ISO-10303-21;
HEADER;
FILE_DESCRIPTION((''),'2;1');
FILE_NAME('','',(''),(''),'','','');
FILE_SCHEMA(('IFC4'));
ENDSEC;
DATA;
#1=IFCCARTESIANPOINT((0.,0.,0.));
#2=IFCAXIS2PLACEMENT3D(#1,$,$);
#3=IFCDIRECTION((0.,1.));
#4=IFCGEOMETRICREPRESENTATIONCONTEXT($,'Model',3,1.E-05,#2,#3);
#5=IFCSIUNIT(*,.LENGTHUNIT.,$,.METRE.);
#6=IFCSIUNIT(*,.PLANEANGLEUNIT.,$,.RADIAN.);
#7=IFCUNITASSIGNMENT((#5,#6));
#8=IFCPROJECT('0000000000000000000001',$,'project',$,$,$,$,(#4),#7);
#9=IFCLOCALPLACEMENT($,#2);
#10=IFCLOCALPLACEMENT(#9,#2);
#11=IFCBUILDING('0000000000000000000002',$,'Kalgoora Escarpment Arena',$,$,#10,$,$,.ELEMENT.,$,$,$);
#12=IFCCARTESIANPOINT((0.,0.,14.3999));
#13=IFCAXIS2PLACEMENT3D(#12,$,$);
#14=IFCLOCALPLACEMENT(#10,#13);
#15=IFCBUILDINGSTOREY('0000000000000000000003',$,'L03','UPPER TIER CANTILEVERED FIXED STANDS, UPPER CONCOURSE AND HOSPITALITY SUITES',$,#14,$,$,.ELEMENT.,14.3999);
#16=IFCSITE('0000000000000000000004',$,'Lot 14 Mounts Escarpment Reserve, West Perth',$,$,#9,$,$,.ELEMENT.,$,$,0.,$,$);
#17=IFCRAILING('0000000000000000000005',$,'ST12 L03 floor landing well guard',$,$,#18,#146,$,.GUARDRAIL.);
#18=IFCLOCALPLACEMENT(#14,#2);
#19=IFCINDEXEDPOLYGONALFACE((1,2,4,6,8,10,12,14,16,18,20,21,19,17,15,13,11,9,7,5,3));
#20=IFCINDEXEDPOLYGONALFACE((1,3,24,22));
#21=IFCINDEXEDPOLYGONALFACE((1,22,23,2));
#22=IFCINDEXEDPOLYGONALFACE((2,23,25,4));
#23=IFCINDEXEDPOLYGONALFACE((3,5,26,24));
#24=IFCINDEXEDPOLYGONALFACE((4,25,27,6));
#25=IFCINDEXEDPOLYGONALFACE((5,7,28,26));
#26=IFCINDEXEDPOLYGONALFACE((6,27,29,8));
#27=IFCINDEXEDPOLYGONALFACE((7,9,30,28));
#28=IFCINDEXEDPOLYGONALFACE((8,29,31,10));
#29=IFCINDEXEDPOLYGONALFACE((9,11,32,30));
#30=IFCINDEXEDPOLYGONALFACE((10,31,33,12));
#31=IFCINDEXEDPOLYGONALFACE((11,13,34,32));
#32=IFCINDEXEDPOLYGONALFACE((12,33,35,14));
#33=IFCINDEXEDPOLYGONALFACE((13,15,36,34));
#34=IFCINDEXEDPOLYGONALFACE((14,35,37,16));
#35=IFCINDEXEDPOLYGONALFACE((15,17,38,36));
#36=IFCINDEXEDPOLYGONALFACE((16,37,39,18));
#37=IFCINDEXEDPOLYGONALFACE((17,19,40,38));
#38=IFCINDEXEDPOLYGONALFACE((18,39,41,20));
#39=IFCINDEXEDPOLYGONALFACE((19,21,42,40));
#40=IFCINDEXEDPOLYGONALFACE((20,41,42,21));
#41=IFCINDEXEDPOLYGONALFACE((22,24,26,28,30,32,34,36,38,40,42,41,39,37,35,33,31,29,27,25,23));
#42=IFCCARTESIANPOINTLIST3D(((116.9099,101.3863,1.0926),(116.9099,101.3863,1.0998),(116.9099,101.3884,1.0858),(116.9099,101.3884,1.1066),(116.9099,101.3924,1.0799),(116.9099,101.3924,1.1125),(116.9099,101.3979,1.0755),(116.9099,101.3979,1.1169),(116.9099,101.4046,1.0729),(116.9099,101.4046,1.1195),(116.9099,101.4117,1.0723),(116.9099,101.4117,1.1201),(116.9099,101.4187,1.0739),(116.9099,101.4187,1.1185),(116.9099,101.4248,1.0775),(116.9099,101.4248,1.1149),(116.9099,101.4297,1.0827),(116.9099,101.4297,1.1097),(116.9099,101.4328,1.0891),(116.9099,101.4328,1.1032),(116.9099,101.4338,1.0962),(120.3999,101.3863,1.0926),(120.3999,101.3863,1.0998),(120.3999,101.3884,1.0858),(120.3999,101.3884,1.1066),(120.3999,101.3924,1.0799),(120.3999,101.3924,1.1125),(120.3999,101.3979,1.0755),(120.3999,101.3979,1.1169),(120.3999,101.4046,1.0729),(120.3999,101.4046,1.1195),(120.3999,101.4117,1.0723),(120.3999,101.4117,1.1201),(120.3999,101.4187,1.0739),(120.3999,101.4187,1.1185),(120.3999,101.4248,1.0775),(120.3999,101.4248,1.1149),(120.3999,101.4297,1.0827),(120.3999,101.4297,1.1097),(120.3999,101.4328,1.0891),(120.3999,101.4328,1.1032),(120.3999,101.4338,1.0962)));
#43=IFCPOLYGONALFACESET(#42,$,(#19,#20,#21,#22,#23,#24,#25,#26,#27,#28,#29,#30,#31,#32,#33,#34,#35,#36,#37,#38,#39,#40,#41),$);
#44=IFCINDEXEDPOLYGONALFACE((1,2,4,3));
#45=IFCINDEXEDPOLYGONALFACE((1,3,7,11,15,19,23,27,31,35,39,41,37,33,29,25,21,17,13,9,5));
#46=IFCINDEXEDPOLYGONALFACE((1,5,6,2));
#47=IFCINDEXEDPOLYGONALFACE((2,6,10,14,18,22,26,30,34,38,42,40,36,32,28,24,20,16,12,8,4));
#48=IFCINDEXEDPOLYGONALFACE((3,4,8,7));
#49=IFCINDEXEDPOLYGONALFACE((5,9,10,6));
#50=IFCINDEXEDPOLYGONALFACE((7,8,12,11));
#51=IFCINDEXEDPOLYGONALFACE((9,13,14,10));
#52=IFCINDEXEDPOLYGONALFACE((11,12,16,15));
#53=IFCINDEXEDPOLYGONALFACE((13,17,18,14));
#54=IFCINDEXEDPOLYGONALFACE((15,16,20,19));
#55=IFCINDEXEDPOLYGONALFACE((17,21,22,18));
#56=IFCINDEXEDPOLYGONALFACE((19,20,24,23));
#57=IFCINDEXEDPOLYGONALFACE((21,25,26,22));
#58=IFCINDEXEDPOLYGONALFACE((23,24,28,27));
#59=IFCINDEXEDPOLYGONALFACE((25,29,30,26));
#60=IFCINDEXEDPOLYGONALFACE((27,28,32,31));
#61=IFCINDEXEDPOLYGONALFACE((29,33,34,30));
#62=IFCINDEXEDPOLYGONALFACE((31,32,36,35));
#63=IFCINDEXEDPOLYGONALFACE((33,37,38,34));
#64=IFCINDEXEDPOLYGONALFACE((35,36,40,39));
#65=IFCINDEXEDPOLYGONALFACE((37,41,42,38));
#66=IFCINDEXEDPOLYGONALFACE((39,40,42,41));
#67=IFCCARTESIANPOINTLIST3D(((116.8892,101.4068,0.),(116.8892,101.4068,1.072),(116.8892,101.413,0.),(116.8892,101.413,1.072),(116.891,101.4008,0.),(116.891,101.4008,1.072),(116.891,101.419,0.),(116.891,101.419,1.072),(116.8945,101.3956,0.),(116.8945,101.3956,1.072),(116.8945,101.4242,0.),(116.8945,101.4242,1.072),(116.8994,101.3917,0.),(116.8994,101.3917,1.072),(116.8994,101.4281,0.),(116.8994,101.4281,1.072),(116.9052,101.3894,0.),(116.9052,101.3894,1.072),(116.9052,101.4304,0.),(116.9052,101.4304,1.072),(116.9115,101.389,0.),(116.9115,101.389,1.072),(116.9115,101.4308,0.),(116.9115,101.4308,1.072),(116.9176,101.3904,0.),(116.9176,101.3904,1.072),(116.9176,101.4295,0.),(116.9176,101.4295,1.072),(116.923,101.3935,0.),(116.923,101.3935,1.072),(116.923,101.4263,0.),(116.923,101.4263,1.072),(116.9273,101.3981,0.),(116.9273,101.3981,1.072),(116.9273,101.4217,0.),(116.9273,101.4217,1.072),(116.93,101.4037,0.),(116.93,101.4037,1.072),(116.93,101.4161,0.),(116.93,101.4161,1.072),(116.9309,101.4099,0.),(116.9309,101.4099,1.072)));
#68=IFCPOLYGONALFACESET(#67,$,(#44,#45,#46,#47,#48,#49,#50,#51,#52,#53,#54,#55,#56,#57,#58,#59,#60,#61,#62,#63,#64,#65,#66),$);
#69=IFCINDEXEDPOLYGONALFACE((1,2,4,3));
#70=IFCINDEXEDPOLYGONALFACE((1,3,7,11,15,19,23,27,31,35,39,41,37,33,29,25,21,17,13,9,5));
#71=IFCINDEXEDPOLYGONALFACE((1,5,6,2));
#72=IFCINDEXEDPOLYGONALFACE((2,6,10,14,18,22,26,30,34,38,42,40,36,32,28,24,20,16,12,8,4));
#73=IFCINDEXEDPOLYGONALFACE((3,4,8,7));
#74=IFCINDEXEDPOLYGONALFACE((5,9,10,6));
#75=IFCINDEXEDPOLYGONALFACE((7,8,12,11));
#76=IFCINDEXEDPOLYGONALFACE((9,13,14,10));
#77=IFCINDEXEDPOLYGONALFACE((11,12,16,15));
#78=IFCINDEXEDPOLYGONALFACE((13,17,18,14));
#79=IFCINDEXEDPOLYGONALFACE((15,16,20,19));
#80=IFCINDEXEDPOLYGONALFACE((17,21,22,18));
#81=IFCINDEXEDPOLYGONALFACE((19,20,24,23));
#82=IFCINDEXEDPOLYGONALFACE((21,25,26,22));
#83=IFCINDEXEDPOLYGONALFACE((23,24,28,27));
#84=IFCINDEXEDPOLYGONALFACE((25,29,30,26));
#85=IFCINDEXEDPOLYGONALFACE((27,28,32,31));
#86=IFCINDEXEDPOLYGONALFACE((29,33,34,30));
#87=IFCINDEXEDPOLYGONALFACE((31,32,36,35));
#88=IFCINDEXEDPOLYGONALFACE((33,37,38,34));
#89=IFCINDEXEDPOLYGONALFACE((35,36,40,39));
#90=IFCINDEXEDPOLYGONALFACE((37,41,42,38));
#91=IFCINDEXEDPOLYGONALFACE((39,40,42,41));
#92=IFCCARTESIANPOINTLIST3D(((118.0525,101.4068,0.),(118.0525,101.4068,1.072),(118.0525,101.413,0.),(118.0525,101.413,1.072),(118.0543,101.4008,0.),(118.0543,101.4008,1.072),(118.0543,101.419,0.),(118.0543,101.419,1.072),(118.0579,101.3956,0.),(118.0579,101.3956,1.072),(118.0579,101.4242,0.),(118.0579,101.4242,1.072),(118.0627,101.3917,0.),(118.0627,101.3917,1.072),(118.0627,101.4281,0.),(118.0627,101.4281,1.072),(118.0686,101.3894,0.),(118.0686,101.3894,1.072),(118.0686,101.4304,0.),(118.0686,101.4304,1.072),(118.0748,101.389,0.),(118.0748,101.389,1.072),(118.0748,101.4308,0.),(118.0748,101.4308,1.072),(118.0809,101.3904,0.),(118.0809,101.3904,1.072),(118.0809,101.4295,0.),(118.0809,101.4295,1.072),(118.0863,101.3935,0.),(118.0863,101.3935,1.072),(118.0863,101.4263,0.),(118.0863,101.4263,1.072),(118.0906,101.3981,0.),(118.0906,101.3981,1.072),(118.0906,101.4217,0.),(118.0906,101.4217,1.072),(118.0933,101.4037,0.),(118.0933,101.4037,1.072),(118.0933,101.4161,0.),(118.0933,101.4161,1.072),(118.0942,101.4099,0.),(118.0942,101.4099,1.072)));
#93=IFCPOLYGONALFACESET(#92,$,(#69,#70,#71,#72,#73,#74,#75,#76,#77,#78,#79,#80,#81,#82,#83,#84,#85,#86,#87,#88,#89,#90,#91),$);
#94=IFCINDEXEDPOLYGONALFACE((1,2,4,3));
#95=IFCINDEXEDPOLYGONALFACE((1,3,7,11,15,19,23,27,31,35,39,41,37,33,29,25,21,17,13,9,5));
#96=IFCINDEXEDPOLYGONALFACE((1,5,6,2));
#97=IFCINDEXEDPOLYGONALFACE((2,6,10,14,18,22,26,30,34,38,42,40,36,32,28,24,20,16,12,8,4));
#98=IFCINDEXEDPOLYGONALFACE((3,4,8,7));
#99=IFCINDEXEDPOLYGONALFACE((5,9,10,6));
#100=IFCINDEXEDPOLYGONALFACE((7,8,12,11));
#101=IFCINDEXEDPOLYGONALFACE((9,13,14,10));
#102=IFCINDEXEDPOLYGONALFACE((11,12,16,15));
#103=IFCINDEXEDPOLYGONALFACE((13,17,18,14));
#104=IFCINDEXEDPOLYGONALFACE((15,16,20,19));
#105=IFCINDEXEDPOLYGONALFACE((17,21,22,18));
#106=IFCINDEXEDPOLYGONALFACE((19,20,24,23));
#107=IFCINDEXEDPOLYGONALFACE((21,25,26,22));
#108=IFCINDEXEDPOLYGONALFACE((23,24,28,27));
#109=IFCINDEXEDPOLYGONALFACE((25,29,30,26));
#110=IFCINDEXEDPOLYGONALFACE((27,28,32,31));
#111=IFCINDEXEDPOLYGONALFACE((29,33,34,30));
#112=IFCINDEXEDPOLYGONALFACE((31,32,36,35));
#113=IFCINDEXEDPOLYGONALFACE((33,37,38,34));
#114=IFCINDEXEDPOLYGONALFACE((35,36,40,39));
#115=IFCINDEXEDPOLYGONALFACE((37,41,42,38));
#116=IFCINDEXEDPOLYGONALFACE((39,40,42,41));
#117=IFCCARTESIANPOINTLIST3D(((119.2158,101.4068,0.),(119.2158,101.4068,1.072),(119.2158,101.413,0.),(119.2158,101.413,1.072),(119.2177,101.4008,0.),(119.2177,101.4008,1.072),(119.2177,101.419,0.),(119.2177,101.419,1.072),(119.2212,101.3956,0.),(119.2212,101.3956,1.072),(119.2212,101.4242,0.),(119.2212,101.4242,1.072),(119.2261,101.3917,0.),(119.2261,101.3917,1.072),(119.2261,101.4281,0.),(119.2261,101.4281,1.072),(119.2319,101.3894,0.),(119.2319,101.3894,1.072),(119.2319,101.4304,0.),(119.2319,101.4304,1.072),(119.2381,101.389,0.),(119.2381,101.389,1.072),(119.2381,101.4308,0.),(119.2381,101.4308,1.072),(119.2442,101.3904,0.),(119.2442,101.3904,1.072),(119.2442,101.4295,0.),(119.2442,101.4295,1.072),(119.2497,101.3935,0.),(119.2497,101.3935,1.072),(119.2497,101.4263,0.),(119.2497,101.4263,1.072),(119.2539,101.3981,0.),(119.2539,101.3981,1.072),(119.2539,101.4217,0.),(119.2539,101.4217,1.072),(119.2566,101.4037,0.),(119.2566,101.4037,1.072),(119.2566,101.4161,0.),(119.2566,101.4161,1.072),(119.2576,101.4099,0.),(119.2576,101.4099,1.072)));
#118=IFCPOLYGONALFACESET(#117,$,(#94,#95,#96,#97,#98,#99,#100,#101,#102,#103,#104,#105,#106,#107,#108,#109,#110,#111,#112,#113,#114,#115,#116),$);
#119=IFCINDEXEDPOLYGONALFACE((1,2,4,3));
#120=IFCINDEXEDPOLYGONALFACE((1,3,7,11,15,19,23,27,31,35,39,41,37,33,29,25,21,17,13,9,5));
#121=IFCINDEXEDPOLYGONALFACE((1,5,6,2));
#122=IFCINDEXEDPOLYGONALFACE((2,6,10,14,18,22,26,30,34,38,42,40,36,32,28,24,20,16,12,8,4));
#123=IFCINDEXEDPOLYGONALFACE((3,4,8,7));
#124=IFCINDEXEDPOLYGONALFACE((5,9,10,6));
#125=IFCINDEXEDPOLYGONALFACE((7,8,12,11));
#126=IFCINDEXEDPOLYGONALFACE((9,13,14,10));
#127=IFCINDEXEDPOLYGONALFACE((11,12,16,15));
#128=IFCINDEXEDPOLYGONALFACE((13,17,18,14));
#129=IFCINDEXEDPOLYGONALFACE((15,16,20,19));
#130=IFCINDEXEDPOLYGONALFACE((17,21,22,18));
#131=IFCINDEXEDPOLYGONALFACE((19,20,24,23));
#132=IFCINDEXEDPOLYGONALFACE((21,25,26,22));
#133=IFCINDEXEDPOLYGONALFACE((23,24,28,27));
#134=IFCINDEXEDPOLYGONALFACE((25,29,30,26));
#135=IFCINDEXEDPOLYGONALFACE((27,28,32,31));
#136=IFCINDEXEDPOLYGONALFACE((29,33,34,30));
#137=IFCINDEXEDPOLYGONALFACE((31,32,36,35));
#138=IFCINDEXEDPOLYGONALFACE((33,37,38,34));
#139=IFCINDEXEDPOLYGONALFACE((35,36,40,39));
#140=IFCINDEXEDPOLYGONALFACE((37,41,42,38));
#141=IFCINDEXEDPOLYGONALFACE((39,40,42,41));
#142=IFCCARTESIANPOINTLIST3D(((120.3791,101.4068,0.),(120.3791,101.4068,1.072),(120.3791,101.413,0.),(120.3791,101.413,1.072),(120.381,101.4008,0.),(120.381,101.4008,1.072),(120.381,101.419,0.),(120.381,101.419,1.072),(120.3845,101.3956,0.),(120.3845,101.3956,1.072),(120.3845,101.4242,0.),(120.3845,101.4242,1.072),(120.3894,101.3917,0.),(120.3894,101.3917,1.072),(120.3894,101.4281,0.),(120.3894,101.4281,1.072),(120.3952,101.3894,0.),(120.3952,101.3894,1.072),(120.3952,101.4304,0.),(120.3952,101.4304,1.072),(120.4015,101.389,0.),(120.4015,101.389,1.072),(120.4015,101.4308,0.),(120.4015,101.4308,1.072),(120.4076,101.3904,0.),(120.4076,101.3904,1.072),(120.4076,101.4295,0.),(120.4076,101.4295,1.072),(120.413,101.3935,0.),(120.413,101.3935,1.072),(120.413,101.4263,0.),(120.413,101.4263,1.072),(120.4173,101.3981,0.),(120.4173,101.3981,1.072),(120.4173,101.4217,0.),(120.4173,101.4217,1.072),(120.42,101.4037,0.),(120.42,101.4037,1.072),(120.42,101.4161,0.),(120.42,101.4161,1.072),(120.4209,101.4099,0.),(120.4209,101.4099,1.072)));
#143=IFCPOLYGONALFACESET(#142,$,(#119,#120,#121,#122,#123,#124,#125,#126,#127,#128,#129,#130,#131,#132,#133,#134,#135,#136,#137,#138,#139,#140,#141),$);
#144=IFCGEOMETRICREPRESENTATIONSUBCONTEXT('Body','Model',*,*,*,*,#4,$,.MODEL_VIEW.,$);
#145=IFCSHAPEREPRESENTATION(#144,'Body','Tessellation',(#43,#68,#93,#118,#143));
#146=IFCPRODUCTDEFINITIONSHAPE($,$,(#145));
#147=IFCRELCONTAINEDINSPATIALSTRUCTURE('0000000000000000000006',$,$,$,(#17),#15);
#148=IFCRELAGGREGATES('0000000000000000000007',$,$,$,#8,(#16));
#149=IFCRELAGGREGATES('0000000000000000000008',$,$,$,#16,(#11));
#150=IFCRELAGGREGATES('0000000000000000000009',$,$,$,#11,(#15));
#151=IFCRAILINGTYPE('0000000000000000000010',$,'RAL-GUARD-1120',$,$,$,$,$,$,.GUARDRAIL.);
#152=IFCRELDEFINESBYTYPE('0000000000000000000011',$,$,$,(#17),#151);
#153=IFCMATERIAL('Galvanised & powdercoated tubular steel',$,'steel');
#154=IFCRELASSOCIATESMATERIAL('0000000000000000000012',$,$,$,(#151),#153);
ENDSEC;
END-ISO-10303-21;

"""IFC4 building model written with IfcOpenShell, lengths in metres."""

from ifc_helpers import new_model, si_unit, direction, frame, origin, origin_2d, place, context, subcontext, project, spatial, circle, extrude, material, type_object, element, save


model = new_model("IFC4")

# Units and contexts
model_context = context("Model", 3, precision=1e-05, world=origin(), true_north=direction((0.0, 1.0)))
body_context = subcontext(model_context, "Body", "Model", "MODEL_VIEW")
ifc_project = project(units=[si_unit("LENGTHUNIT", "METRE"), si_unit("PLANEANGLEUNIT", "RADIAN")], contexts=[model_context])

# Site, building, storey
site_placement = place(None, origin())
site = spatial("IfcSite", under=ifc_project, at=site_placement, Name="Lot 14 Mounts Escarpment Reserve, West Perth", CompositionType="ELEMENT", RefElevation=0.0)
building_placement = place(site_placement, origin())
building = spatial("IfcBuilding", under=site, at=building_placement, Name="Kalgoora Escarpment Arena", CompositionType="ELEMENT")
storey_placement = place(building_placement, frame((0.0, 0.0, 14.3999)))
storey = spatial("IfcBuildingStorey", under=building, at=storey_placement, Name="L03", Description="UPPER TIER CANTILEVERED FIXED STANDS, UPPER CONCOURSE AND HOSPITALITY SUITES", CompositionType="ELEMENT", Elevation=14.3999)

# Railing
ifc_material_1 = material(Name="Galvanised & powdercoated tubular steel", Category="steel")
railing_type_1 = type_object("IfcRailingType", Name="RAL-GUARD-1120", PredefinedType="GUARDRAIL", material=ifc_material_1)
railing_1_placement = place(storey_placement, frame((116.9099, 101.4099, 0.0)))
element("IfcRailing", 1, at=railing_1_placement, inside=storey, type_object=railing_type_1, Name="ST12 L03 floor landing well guard", PredefinedType="GUARDRAIL", context=body_context, shape_type="SweptSolid", body=[
    extrude(circle(Radius=0.0239, at=origin_2d()), frame((0.0, 0.0, 1.0962), z_axis=(1.0, 0.0, 0.0), x_axis=(0.0, 1.0, 0.0)), (0.0, 0.0, 1.0), 3.49),
    extrude(circle(Radius=0.021, at=origin_2d()), origin(), (0.0, 0.0, 1.0), 1.072),
    extrude(circle(Radius=0.021, at=origin_2d()), frame((1.1633, 0.0, 0.0)), (0.0, 0.0, 1.0), 1.072),
    extrude(circle(Radius=0.021, at=origin_2d()), frame((2.3267, 0.0, 0.0)), (0.0, 0.0, 1.0), 1.072),
    extrude(circle(Radius=0.021, at=origin_2d()), frame((3.49, 0.0, 0.0)), (0.0, 0.0, 1.0), 1.072),
])

save(model, "model.ifc")
